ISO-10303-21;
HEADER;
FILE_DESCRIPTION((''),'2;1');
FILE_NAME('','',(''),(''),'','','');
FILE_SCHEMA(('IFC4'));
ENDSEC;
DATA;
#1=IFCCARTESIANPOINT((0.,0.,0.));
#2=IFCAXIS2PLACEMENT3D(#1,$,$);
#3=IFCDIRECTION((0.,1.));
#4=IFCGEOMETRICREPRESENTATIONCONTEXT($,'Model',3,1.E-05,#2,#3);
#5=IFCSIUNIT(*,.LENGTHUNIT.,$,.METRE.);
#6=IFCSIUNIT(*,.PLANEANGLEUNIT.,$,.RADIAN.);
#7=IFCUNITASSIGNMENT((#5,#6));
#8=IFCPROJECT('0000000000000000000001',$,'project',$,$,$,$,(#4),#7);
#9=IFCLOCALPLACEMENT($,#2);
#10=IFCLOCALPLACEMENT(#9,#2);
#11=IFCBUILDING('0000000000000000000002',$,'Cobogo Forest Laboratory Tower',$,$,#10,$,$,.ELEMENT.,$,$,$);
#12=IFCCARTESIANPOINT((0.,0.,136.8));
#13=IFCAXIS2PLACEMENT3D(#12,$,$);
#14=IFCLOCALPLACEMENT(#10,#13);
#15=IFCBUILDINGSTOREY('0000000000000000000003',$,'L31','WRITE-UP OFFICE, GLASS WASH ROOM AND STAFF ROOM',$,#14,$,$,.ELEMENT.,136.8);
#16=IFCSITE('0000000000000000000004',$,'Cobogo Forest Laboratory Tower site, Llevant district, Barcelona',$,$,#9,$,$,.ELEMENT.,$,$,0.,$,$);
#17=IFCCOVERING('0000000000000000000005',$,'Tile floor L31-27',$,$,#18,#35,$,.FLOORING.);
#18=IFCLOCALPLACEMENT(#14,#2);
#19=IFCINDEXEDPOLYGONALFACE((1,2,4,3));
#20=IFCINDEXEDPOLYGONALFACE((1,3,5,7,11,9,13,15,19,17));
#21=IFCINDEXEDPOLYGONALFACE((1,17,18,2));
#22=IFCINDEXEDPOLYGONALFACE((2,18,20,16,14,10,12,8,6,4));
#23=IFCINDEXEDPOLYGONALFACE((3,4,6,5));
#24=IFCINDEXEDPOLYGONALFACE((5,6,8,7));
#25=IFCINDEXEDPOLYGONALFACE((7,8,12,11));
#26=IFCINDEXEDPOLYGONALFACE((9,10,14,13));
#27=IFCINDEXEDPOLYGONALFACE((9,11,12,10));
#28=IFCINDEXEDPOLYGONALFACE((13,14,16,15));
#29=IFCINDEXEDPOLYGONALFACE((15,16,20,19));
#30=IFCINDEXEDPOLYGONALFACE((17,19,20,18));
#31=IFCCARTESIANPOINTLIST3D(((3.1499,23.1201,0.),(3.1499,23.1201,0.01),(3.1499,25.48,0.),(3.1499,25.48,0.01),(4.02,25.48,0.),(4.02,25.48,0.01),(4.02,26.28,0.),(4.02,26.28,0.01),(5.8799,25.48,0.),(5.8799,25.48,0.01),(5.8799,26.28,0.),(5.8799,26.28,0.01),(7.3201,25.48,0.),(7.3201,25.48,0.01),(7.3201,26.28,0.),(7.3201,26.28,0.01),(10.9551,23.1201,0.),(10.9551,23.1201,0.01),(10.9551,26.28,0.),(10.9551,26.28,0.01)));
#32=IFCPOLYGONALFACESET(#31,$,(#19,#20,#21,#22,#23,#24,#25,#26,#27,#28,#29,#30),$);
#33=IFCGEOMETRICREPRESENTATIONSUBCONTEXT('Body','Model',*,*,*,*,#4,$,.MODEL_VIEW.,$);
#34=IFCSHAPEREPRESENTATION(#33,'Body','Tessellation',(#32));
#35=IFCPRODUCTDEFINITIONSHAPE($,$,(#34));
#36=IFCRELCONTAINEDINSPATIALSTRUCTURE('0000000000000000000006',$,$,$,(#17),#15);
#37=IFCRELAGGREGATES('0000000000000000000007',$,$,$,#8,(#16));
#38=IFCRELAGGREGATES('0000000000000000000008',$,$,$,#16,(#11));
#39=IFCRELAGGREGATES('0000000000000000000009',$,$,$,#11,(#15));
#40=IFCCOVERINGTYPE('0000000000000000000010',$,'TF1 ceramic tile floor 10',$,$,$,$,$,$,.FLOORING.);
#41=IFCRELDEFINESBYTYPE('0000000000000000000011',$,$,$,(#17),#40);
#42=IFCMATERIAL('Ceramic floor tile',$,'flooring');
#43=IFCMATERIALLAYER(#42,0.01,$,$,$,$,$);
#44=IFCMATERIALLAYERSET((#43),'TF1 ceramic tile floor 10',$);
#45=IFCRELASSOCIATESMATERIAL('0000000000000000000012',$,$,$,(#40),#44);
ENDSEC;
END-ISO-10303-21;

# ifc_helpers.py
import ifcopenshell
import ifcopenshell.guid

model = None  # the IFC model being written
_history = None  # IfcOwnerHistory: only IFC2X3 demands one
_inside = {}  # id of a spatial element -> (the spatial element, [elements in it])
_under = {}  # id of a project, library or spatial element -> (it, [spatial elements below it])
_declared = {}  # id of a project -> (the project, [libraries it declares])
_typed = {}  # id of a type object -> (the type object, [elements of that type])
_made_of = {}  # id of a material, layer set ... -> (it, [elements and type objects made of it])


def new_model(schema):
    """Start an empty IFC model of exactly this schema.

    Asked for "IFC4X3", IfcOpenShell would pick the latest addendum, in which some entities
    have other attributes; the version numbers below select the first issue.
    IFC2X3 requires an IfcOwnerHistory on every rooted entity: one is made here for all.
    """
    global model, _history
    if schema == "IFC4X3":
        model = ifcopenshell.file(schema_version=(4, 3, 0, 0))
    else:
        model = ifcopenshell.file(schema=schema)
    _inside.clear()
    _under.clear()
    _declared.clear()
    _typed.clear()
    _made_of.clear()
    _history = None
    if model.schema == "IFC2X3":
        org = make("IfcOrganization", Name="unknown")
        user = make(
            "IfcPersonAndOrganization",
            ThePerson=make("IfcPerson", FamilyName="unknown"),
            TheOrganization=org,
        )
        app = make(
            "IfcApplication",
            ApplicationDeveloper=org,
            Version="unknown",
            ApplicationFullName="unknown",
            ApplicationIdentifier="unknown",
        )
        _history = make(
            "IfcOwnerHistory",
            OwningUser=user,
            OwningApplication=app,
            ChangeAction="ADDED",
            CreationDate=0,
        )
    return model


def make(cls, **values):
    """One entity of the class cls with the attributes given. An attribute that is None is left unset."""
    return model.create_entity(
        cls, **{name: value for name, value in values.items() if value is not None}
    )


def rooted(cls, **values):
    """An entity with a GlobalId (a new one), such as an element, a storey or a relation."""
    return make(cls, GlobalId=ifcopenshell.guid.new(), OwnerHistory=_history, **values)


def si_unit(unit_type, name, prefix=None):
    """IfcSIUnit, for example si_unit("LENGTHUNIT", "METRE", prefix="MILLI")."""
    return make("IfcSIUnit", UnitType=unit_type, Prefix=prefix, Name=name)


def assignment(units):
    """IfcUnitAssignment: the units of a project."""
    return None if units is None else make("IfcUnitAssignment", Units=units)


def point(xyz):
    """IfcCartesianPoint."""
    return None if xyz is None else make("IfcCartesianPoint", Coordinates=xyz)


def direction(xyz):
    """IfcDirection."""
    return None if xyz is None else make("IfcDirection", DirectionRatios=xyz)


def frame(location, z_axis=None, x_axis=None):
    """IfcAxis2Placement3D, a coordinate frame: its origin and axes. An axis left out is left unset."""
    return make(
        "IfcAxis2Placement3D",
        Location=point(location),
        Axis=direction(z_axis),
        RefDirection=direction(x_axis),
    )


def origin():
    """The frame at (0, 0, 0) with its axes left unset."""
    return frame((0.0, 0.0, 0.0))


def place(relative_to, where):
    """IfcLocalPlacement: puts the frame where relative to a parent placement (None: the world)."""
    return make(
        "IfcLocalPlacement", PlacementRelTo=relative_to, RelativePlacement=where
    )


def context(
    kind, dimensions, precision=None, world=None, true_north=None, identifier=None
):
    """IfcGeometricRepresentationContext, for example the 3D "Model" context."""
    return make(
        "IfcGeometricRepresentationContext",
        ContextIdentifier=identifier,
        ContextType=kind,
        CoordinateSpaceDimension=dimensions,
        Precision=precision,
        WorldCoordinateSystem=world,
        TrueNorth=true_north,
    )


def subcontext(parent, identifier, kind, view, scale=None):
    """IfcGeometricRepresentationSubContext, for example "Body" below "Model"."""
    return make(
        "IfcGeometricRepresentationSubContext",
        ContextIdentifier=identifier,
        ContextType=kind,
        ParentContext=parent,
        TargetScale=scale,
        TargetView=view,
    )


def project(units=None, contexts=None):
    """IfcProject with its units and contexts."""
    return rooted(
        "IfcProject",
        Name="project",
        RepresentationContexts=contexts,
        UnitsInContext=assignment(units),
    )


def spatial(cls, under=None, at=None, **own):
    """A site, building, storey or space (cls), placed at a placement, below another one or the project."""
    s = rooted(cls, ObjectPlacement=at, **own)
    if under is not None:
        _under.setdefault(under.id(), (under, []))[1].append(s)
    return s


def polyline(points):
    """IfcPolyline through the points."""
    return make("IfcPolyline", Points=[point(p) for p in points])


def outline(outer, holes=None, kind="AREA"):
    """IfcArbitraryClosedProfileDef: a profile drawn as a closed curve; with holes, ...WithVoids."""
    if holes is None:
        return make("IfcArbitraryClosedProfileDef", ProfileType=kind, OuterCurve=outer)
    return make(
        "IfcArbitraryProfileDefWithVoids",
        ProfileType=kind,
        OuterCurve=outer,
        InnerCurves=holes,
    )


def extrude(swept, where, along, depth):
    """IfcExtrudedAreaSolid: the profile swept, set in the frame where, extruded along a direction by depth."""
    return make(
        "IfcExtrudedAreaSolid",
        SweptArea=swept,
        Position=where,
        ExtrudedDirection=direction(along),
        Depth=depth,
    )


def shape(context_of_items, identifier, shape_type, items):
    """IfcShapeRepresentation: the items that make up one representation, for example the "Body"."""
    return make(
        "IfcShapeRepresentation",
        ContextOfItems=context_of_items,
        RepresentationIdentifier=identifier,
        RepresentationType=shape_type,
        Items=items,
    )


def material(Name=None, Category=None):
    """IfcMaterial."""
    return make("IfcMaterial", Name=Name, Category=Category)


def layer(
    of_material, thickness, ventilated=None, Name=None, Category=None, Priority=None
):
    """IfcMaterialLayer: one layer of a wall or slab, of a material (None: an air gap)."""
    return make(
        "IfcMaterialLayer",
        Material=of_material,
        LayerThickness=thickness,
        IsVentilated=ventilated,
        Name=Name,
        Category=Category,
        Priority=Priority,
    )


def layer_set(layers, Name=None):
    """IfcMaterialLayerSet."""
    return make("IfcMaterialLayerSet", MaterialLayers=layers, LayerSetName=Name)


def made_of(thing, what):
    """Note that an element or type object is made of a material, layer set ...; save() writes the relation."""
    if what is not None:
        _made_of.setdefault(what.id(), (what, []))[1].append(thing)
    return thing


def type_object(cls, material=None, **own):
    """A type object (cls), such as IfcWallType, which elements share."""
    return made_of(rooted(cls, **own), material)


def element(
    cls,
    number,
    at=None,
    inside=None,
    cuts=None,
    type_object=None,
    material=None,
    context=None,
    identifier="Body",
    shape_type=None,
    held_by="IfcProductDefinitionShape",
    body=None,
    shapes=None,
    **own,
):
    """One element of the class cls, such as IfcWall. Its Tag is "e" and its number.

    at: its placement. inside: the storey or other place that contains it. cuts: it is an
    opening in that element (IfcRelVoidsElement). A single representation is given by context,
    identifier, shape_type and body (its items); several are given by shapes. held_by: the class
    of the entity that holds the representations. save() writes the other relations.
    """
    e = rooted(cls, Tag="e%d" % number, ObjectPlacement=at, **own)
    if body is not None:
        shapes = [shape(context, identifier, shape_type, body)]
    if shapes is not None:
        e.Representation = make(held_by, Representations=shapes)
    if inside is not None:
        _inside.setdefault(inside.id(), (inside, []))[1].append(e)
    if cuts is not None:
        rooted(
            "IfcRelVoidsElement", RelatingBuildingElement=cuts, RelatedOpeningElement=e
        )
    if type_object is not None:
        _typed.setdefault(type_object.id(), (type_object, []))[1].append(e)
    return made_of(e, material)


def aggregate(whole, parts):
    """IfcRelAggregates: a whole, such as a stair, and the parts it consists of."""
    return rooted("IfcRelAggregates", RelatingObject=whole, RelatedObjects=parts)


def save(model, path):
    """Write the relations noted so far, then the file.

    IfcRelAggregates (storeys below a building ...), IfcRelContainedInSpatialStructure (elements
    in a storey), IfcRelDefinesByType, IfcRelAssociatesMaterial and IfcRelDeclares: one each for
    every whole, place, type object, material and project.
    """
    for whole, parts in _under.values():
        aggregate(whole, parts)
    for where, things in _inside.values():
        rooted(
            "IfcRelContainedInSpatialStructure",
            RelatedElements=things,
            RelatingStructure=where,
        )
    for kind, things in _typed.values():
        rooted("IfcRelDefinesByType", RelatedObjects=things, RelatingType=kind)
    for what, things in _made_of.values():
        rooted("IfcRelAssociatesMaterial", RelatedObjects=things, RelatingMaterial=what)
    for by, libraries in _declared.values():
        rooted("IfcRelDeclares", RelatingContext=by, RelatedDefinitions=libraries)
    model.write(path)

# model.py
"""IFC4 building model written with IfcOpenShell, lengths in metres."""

from ifc_helpers import new_model, si_unit, direction, frame, origin, place, context, subcontext, project, spatial, polyline, outline, extrude, material, layer, layer_set, type_object, element, save


model = new_model("IFC4")

# Units and contexts
model_context = context("Model", 3, precision=1e-05, world=origin(), true_north=direction((0.0, 1.0)))
body_context = subcontext(model_context, "Body", "Model", "MODEL_VIEW")
ifc_project = project(units=[si_unit("LENGTHUNIT", "METRE"), si_unit("PLANEANGLEUNIT", "RADIAN")], contexts=[model_context])

# Site, building, storey
site_placement = place(None, origin())
site = spatial("IfcSite", under=ifc_project, at=site_placement, Name="Cobogo Forest Laboratory Tower site, Llevant district, Barcelona", CompositionType="ELEMENT", RefElevation=0.0)
building_placement = place(site_placement, origin())
building = spatial("IfcBuilding", under=site, at=building_placement, Name="Cobogo Forest Laboratory Tower", CompositionType="ELEMENT")
storey_placement = place(building_placement, frame((0.0, 0.0, 136.8)))
storey = spatial("IfcBuildingStorey", under=building, at=storey_placement, Name="L31", Description="WRITE-UP OFFICE, GLASS WASH ROOM AND STAFF ROOM", CompositionType="ELEMENT", Elevation=136.8)

# Covering
ifc_material_1 = material(Name="Ceramic floor tile", Category="flooring")
ifc_layer_1 = layer(ifc_material_1, 0.01)
ifc_layer_set_1 = layer_set([ifc_layer_1], Name="TF1 ceramic tile floor 10")
covering_type_1 = type_object("IfcCoveringType", Name="TF1 ceramic tile floor 10", PredefinedType="FLOORING", material=ifc_layer_set_1)
covering_1_placement = place(storey_placement, origin())
element("IfcCovering", 1, at=covering_1_placement, inside=storey, type_object=covering_type_1, Name="Tile floor L31-27", PredefinedType="FLOORING", context=body_context, shape_type="SweptSolid", body=[
    extrude(outline(polyline([(10.9551, 23.1201), (3.1499, 23.1201), (3.1499, 25.48), (4.02, 25.48), (4.02, 26.28), (5.8799, 26.28), (5.8799, 25.48), (7.3201, 25.48), (7.3201, 26.28), (10.9551, 26.28), (10.9551, 23.1201)])), origin(), (0.0, 0.0, 1.0), 0.01),
])

save(model, "model.ifc")
